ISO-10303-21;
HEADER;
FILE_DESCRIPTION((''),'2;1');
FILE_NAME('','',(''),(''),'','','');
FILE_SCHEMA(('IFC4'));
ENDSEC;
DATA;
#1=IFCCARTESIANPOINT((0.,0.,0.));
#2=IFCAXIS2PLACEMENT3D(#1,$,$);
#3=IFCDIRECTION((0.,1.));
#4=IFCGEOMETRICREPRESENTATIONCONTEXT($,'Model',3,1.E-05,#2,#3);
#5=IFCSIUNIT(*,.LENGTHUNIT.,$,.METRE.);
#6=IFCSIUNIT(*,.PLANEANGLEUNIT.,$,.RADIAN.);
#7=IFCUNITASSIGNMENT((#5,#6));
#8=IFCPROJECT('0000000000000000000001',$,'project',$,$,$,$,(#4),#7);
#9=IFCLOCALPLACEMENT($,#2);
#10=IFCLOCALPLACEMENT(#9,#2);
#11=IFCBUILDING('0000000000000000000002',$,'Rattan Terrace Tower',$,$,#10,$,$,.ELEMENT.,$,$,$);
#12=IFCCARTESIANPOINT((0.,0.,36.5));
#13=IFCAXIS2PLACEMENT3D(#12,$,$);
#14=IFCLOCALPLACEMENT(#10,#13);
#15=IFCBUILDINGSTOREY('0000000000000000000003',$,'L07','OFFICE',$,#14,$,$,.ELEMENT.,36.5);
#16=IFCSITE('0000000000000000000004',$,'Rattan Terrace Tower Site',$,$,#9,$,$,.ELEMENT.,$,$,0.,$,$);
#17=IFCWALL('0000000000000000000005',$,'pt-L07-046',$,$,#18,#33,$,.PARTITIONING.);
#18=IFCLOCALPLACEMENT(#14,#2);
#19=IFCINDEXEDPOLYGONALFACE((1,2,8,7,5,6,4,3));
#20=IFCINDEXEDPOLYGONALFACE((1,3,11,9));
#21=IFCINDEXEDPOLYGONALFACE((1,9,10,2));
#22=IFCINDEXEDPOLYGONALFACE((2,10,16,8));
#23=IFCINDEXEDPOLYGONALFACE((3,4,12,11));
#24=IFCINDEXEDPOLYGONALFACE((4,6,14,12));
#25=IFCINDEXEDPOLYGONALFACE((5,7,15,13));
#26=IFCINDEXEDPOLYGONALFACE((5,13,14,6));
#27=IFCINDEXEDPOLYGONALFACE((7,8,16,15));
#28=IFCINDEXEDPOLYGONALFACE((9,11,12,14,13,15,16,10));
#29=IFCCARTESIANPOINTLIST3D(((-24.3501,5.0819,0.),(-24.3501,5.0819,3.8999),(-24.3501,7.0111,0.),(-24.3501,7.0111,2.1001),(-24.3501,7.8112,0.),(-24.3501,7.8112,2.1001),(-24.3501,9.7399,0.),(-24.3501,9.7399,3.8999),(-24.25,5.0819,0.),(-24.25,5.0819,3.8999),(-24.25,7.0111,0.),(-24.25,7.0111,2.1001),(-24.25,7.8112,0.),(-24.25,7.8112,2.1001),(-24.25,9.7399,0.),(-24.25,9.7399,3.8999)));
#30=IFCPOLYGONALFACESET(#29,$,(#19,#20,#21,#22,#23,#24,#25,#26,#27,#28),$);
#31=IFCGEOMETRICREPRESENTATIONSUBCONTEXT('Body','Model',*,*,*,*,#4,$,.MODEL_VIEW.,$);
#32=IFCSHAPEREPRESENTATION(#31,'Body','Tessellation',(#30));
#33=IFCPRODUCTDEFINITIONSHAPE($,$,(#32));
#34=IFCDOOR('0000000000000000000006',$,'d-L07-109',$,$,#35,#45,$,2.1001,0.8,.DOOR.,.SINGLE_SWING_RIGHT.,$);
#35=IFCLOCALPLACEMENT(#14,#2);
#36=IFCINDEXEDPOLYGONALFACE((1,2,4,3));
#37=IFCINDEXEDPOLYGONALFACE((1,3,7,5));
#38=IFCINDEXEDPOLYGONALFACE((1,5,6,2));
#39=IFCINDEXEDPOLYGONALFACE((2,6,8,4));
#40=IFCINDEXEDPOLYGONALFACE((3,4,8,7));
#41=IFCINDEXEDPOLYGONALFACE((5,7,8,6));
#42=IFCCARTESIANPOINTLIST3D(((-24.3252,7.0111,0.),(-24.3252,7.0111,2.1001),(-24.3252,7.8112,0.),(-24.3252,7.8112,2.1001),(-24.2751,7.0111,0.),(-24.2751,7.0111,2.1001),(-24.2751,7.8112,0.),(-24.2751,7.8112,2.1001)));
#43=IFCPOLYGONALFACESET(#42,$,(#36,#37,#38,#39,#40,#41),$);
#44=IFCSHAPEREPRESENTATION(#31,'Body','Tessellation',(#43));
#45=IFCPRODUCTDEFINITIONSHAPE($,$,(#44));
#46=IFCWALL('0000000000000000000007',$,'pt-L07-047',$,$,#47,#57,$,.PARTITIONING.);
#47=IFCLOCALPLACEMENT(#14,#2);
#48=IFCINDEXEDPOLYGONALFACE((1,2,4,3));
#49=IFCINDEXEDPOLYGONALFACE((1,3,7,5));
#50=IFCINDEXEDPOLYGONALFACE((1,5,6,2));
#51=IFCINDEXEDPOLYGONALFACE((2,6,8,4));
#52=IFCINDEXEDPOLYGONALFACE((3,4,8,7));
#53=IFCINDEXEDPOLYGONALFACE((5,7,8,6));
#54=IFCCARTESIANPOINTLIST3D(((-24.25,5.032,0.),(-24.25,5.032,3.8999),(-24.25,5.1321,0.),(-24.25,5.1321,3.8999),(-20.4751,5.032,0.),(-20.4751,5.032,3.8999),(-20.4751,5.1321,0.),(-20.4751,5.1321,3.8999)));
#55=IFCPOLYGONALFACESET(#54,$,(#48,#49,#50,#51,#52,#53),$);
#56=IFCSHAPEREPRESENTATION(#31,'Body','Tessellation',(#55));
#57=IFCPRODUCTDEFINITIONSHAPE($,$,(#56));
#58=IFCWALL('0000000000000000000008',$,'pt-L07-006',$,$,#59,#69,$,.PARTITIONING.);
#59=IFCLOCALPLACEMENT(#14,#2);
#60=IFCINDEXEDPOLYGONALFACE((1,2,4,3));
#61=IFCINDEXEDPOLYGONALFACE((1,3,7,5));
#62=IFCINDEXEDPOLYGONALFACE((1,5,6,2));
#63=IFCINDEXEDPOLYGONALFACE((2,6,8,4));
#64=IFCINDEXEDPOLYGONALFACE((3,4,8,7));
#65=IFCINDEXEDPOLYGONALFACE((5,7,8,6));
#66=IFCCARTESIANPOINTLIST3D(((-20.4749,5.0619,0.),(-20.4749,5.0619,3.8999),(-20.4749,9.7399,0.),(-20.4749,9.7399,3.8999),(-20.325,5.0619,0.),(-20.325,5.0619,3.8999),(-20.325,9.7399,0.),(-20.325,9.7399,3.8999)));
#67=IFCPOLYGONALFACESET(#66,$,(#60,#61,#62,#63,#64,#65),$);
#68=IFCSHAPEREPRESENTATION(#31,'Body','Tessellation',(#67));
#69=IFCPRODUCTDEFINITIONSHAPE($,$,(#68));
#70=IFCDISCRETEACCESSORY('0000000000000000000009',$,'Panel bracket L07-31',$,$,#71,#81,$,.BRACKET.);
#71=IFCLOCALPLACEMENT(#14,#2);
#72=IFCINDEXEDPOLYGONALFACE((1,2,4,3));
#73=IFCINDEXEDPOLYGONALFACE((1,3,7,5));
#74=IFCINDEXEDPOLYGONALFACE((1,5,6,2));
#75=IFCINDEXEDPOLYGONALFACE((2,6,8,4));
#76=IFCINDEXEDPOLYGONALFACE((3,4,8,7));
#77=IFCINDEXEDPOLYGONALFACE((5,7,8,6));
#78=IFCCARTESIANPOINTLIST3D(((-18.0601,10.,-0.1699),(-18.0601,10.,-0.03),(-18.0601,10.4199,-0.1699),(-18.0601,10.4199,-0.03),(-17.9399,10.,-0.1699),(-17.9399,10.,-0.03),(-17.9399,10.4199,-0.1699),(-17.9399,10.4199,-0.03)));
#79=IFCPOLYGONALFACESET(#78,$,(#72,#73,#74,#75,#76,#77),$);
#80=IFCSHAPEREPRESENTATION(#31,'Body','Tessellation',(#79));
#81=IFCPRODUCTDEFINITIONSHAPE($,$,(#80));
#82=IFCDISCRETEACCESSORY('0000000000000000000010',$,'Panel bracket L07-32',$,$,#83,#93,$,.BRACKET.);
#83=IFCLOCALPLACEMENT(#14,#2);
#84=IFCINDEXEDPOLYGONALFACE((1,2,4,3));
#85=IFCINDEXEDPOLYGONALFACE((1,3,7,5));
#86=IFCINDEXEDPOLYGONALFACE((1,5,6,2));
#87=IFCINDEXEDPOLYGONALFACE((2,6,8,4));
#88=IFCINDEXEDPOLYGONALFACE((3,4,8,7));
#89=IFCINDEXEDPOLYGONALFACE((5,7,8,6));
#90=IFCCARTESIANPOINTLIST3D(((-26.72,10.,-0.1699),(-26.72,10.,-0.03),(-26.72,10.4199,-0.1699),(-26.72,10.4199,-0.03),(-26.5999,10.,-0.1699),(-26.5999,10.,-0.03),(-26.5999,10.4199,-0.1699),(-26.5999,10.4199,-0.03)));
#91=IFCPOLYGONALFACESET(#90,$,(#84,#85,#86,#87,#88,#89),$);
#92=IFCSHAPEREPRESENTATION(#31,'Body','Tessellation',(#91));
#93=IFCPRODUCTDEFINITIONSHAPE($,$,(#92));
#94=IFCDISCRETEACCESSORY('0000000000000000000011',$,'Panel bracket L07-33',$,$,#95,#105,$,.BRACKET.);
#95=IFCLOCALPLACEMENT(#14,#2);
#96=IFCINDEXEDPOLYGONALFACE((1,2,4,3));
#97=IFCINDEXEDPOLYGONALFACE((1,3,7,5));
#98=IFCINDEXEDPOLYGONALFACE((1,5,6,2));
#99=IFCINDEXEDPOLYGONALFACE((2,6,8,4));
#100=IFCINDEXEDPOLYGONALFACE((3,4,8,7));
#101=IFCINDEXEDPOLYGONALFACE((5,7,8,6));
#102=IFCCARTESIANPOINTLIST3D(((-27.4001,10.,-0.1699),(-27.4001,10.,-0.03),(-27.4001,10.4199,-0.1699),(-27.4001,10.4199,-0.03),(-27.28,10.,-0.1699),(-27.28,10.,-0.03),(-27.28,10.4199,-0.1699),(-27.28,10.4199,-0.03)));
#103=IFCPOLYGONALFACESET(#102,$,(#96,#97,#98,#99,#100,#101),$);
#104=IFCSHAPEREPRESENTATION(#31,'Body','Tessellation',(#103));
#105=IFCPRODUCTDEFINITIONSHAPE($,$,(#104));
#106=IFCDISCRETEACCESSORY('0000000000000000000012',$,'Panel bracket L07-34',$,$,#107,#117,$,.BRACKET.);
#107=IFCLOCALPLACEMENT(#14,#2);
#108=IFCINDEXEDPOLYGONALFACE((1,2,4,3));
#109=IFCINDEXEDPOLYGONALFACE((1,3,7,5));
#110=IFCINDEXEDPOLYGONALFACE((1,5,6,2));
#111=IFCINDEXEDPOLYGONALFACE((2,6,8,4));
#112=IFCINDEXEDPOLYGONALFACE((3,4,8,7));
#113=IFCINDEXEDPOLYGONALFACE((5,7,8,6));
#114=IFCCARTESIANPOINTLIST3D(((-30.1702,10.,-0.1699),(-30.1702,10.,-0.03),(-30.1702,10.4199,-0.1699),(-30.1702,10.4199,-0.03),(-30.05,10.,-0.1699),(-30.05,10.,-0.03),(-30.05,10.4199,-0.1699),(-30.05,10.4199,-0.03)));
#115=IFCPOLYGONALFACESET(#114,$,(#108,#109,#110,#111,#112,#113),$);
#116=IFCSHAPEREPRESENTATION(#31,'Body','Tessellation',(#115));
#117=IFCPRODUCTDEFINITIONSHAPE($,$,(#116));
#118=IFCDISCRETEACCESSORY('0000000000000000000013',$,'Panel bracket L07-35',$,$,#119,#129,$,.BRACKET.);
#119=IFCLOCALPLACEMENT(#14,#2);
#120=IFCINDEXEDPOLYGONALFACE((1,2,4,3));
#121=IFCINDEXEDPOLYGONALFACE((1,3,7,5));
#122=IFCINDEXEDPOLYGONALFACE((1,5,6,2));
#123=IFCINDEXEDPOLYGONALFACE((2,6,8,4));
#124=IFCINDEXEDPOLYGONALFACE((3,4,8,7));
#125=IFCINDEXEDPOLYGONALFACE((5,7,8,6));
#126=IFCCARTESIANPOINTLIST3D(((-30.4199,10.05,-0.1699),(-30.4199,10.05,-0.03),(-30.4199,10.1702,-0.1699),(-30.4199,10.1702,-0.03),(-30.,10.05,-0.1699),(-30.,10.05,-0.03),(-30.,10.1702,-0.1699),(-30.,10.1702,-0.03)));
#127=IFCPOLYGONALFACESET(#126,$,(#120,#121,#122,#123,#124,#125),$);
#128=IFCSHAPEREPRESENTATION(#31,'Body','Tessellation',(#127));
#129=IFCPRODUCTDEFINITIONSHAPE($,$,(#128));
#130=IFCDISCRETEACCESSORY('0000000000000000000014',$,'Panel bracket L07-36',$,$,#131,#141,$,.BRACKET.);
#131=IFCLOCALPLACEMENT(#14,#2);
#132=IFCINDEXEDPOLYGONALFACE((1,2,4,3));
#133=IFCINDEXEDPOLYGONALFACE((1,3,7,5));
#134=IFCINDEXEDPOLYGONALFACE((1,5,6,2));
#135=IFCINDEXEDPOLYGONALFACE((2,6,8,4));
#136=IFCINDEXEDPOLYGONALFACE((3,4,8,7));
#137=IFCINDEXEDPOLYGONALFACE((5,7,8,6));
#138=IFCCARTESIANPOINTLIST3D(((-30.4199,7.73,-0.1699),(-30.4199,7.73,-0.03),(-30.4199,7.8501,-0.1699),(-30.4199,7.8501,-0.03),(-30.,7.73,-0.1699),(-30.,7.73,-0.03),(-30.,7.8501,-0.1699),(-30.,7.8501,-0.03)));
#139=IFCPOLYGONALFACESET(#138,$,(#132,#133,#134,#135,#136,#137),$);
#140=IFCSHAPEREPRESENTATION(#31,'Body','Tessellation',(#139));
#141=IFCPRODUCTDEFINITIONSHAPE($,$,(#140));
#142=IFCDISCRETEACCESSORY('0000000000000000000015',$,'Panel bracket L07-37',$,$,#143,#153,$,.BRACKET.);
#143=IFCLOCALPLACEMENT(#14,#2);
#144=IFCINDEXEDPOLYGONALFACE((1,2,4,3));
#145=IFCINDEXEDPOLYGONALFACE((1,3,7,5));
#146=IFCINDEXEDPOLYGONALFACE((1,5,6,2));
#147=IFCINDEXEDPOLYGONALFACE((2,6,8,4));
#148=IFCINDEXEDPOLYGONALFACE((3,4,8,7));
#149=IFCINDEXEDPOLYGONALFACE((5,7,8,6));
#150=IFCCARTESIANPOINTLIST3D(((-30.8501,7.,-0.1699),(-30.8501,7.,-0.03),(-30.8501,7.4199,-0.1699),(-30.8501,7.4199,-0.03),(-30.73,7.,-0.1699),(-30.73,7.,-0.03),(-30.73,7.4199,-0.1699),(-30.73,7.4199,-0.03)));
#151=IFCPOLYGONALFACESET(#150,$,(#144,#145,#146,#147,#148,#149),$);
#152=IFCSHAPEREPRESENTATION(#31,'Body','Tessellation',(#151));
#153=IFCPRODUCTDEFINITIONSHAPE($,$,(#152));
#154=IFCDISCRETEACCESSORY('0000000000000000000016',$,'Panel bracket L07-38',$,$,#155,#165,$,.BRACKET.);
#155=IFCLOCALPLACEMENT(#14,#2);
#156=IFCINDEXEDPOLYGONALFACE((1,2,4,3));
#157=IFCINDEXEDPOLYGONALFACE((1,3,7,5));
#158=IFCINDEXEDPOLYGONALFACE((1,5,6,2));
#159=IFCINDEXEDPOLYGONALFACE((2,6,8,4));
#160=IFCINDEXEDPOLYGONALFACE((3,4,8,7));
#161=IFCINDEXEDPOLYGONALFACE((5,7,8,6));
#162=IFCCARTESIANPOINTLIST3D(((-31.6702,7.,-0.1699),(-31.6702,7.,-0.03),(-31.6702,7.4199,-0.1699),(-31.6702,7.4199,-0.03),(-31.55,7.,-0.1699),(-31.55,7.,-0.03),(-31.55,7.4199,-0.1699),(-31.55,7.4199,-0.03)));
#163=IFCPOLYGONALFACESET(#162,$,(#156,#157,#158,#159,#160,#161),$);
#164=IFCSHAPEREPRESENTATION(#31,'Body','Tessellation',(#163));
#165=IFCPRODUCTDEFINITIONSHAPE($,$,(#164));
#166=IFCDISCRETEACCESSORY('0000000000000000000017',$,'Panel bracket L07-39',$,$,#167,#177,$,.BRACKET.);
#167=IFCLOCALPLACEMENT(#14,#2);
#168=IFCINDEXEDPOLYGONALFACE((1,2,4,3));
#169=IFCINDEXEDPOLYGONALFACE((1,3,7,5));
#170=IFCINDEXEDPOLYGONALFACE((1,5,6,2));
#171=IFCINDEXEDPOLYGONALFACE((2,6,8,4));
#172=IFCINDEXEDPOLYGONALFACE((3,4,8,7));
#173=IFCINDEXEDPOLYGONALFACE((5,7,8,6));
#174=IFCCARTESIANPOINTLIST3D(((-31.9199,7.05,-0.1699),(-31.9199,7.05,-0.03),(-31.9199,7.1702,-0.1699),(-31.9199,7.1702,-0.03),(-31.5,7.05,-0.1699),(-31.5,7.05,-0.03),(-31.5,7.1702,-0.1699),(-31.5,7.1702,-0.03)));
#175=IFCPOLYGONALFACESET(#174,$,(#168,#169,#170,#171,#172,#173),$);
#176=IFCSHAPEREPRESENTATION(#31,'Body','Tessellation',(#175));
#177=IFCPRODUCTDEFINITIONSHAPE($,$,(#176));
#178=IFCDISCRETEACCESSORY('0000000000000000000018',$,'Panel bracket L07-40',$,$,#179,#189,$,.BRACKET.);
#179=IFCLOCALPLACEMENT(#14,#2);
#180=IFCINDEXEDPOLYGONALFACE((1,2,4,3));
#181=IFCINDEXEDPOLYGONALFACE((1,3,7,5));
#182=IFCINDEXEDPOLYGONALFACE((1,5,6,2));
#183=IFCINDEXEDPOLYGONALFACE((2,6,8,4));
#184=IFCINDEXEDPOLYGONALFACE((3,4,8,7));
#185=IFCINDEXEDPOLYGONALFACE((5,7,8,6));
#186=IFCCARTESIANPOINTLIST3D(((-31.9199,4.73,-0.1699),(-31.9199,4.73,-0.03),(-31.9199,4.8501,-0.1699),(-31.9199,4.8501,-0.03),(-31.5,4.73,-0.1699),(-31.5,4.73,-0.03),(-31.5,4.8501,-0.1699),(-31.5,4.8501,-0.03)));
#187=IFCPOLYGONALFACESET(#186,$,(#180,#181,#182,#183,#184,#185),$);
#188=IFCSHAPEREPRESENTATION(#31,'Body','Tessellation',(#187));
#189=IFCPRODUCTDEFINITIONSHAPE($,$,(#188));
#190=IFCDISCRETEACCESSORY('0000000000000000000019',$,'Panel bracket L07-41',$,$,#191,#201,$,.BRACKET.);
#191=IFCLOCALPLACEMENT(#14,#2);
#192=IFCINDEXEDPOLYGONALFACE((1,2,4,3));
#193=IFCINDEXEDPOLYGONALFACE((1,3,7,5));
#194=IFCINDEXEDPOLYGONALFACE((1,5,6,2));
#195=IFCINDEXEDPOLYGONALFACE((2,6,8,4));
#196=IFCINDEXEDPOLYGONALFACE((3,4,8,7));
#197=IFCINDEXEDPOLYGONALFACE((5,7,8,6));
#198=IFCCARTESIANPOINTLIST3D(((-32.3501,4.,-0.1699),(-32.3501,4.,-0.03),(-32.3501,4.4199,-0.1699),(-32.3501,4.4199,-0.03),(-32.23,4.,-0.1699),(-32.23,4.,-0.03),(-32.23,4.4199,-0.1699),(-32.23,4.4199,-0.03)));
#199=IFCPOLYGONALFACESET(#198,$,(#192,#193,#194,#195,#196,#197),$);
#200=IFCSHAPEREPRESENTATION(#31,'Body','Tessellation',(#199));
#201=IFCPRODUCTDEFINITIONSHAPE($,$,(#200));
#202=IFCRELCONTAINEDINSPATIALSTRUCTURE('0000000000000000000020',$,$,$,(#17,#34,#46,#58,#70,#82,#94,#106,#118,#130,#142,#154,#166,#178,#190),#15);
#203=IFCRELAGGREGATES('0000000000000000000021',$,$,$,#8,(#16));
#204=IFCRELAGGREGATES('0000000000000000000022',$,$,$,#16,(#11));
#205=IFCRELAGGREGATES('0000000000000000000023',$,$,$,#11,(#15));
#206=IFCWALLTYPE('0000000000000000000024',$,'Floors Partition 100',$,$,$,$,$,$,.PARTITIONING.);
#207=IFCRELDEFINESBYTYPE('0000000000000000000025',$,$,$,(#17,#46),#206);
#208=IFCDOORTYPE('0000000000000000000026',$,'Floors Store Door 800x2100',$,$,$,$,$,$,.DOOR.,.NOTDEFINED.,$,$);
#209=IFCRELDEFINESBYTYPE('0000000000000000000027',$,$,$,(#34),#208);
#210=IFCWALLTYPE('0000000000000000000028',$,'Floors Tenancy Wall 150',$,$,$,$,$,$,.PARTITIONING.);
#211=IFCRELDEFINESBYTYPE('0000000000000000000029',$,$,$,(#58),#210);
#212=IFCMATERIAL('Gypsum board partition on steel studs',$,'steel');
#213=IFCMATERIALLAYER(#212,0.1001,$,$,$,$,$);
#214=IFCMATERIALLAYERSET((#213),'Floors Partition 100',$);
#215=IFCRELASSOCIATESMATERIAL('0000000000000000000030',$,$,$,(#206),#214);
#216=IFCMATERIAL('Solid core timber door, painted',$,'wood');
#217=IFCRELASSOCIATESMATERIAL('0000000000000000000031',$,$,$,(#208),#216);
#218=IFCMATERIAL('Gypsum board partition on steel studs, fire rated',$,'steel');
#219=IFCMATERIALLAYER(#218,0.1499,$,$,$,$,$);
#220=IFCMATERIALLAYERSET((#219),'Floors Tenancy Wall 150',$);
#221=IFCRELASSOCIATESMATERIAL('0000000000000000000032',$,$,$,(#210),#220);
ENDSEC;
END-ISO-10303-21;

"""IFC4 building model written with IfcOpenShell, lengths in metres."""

from ifc_helpers import new_model, si_unit, direction, frame, frame_2d, origin, origin_2d, place, context, subcontext, project, spatial, rectangle, extrude, material, layer, layer_set, type_object, element, fill, save


model = new_model("IFC4")

# Units and contexts
model_context = context("Model", 3, precision=1e-05, world=origin(), true_north=direction((0.0, 1.0)))
body_context = subcontext(model_context, "Body", "Model", "MODEL_VIEW")
ifc_project = project(units=[si_unit("LENGTHUNIT", "METRE"), si_unit("PLANEANGLEUNIT", "RADIAN")], contexts=[model_context])

# Site, building, storey
site_placement = place(None, origin())
site = spatial("IfcSite", under=ifc_project, at=site_placement, Name="Rattan Terrace Tower Site", CompositionType="ELEMENT", RefElevation=0.0)
building_placement = place(site_placement, origin())
building = spatial("IfcBuilding", under=site, at=building_placement, Name="Rattan Terrace Tower", CompositionType="ELEMENT")
storey_placement = place(building_placement, frame((0.0, 0.0, 36.5)))
storey = spatial("IfcBuildingStorey", under=building, at=storey_placement, Name="L07", Description="OFFICE", CompositionType="ELEMENT", Elevation=36.5)

# Wall, opening, door
ifc_material_1 = material(Name="Gypsum board partition on steel studs", Category="steel")
ifc_layer_1 = layer(ifc_material_1, 0.1001)
ifc_layer_set_1 = layer_set([ifc_layer_1], Name="Floors Partition 100")
wall_type_1 = type_object("IfcWallType", Name="Floors Partition 100", PredefinedType="PARTITIONING", material=ifc_layer_set_1)
wall_1_placement = place(storey_placement, frame((-24.3, 9.74, 0.0), z_axis=(0.0, 0.0, 1.0), x_axis=(0.0, -1.0, 0.0)))
wall_1 = element("IfcWall", 1, at=wall_1_placement, inside=storey, type_object=wall_type_1, Name="pt-L07-046", PredefinedType="PARTITIONING", context=body_context, shape_type="SweptSolid", body=[
    extrude(rectangle(XDim=4.658, YDim=0.1001, at=frame_2d((2.3291, 0.0))), origin(), (0.0, 0.0, 1.0), 3.8999),
])
opening_placement = place(wall_1_placement, frame((1.929, 0.0, 0.0)))
opening = element("IfcOpeningElement", 2, at=opening_placement, cuts=wall_1, PredefinedType="OPENING", context=body_context, shape_type="SweptSolid", body=[
    extrude(rectangle(XDim=0.8, YDim=2.1001, at=frame_2d((0.3999, 1.05))), frame((0.0, 0.0605, 0.0), z_axis=(0.0, -1.0, 0.0), x_axis=(1.0, 0.0, 0.0)), (0.0, 0.0, 1.0), 0.1211),
])
ifc_material_2 = material(Name="Solid core timber door, painted", Category="wood")
door_type = type_object("IfcDoorType", Name="Floors Store Door 800x2100", OperationType="NOTDEFINED", PredefinedType="DOOR", material=ifc_material_2)
door_placement = place(opening_placement, origin())
door = element("IfcDoor", 3, at=door_placement, inside=storey, type_object=door_type, Name="d-L07-109", OperationType="SINGLE_SWING_RIGHT", OverallHeight=2.1001, OverallWidth=0.8, PredefinedType="DOOR", context=body_context, shape_type="SweptSolid", body=[
    extrude(rectangle(XDim=0.8, YDim=2.1001, at=frame_2d((0.3999, 1.05))), frame((0.0, 0.0249, 0.0), z_axis=(0.0, -1.0, 0.0), x_axis=(1.0, 0.0, 0.0)), (0.0, 0.0, 1.0), 0.05),
])
fill(opening, door)

# Walls
wall_2_placement = place(storey_placement, frame((-24.25, 5.082, 0.0), z_axis=(0.0, 0.0, 1.0), x_axis=(1.0, 0.0, 0.0)))
element("IfcWall", 4, at=wall_2_placement, inside=storey, type_object=wall_type_1, Name="pt-L07-047", PredefinedType="PARTITIONING", context=body_context, shape_type="SweptSolid", body=[
    extrude(rectangle(XDim=3.7749, YDim=0.1001, at=frame_2d((1.8875, 0.0))), origin(), (0.0, 0.0, 1.0), 3.8999),
])
ifc_material_3 = material(Name="Gypsum board partition on steel studs, fire rated", Category="steel")
ifc_layer_2 = layer(ifc_material_3, 0.1499)
ifc_layer_set_2 = layer_set([ifc_layer_2], Name="Floors Tenancy Wall 150")
wall_type_2 = type_object("IfcWallType", Name="Floors Tenancy Wall 150", PredefinedType="PARTITIONING", material=ifc_layer_set_2)
wall_3_placement = place(storey_placement, frame((-20.3999, 5.062, 0.0), z_axis=(0.0, 0.0, 1.0), x_axis=(0.0, 1.0, 0.0)))
element("IfcWall", 5, at=wall_3_placement, inside=storey, type_object=wall_type_2, Name="pt-L07-006", PredefinedType="PARTITIONING", context=body_context, shape_type="SweptSolid", body=[
    extrude(rectangle(XDim=4.678, YDim=0.1499, at=frame_2d((2.3389, 0.0))), origin(), (0.0, 0.0, 1.0), 3.8999),
])

# Discrete accessories
for number, where, z_axis, x_axis, name in (
    (6, (-18.0, 10.21, -0.1699), (0.0, 0.0, 1.0), (-1.0, 0.0, 0.0), "Panel bracket L07-31"),
    (7, (-26.6599, 10.21, -0.1699), (0.0, 0.0, 1.0), (-1.0, 0.0, 0.0), "Panel bracket L07-32"),
    (8, (-27.3401, 10.21, -0.1699), (0.0, 0.0, 1.0), (-1.0, 0.0, 0.0), "Panel bracket L07-33"),
    (9, (-30.1101, 10.21, -0.1699), (0.0, 0.0, 1.0), (-1.0, 0.0, 0.0), "Panel bracket L07-34"),
    (10, (-30.21, 10.1101, -0.1699), (0.0, 0.0, 1.0), (0.0, -1.0, 0.0), "Panel bracket L07-35"),
    (11, (-30.21, 7.79, -0.1699), (0.0, 0.0, 1.0), (0.0, -1.0, 0.0), "Panel bracket L07-36"),
    (12, (-30.79, 7.21, -0.1699), (0.0, 0.0, 1.0), (-1.0, 0.0, 0.0), "Panel bracket L07-37"),
    (13, (-31.6101, 7.21, -0.1699), (0.0, 0.0, 1.0), (-1.0, 0.0, 0.0), "Panel bracket L07-38"),
    (14, (-31.71, 7.1101, -0.1699), (0.0, 0.0, 1.0), (0.0, -1.0, 0.0), "Panel bracket L07-39"),
    (15, (-31.71, 4.79, -0.1699), (0.0, 0.0, 1.0), (0.0, -1.0, 0.0), "Panel bracket L07-40"),
    (16, (-32.29, 4.21, -0.1699), (0.0, 0.0, 1.0), (-1.0, 0.0, 0.0), "Panel bracket L07-41"),
):
    element("IfcDiscreteAccessory", number, at=place(storey_placement, frame(where, z_axis=z_axis, x_axis=x_axis)), inside=storey, Name=name, PredefinedType="BRACKET", context=body_context, shape_type="SweptSolid", body=[
        extrude(rectangle(XDim=0.1201, YDim=0.4199, at=origin_2d()), origin(), (0.0, 0.0, 1.0), 0.1399),
    ])

save(model, "model.ifc")
